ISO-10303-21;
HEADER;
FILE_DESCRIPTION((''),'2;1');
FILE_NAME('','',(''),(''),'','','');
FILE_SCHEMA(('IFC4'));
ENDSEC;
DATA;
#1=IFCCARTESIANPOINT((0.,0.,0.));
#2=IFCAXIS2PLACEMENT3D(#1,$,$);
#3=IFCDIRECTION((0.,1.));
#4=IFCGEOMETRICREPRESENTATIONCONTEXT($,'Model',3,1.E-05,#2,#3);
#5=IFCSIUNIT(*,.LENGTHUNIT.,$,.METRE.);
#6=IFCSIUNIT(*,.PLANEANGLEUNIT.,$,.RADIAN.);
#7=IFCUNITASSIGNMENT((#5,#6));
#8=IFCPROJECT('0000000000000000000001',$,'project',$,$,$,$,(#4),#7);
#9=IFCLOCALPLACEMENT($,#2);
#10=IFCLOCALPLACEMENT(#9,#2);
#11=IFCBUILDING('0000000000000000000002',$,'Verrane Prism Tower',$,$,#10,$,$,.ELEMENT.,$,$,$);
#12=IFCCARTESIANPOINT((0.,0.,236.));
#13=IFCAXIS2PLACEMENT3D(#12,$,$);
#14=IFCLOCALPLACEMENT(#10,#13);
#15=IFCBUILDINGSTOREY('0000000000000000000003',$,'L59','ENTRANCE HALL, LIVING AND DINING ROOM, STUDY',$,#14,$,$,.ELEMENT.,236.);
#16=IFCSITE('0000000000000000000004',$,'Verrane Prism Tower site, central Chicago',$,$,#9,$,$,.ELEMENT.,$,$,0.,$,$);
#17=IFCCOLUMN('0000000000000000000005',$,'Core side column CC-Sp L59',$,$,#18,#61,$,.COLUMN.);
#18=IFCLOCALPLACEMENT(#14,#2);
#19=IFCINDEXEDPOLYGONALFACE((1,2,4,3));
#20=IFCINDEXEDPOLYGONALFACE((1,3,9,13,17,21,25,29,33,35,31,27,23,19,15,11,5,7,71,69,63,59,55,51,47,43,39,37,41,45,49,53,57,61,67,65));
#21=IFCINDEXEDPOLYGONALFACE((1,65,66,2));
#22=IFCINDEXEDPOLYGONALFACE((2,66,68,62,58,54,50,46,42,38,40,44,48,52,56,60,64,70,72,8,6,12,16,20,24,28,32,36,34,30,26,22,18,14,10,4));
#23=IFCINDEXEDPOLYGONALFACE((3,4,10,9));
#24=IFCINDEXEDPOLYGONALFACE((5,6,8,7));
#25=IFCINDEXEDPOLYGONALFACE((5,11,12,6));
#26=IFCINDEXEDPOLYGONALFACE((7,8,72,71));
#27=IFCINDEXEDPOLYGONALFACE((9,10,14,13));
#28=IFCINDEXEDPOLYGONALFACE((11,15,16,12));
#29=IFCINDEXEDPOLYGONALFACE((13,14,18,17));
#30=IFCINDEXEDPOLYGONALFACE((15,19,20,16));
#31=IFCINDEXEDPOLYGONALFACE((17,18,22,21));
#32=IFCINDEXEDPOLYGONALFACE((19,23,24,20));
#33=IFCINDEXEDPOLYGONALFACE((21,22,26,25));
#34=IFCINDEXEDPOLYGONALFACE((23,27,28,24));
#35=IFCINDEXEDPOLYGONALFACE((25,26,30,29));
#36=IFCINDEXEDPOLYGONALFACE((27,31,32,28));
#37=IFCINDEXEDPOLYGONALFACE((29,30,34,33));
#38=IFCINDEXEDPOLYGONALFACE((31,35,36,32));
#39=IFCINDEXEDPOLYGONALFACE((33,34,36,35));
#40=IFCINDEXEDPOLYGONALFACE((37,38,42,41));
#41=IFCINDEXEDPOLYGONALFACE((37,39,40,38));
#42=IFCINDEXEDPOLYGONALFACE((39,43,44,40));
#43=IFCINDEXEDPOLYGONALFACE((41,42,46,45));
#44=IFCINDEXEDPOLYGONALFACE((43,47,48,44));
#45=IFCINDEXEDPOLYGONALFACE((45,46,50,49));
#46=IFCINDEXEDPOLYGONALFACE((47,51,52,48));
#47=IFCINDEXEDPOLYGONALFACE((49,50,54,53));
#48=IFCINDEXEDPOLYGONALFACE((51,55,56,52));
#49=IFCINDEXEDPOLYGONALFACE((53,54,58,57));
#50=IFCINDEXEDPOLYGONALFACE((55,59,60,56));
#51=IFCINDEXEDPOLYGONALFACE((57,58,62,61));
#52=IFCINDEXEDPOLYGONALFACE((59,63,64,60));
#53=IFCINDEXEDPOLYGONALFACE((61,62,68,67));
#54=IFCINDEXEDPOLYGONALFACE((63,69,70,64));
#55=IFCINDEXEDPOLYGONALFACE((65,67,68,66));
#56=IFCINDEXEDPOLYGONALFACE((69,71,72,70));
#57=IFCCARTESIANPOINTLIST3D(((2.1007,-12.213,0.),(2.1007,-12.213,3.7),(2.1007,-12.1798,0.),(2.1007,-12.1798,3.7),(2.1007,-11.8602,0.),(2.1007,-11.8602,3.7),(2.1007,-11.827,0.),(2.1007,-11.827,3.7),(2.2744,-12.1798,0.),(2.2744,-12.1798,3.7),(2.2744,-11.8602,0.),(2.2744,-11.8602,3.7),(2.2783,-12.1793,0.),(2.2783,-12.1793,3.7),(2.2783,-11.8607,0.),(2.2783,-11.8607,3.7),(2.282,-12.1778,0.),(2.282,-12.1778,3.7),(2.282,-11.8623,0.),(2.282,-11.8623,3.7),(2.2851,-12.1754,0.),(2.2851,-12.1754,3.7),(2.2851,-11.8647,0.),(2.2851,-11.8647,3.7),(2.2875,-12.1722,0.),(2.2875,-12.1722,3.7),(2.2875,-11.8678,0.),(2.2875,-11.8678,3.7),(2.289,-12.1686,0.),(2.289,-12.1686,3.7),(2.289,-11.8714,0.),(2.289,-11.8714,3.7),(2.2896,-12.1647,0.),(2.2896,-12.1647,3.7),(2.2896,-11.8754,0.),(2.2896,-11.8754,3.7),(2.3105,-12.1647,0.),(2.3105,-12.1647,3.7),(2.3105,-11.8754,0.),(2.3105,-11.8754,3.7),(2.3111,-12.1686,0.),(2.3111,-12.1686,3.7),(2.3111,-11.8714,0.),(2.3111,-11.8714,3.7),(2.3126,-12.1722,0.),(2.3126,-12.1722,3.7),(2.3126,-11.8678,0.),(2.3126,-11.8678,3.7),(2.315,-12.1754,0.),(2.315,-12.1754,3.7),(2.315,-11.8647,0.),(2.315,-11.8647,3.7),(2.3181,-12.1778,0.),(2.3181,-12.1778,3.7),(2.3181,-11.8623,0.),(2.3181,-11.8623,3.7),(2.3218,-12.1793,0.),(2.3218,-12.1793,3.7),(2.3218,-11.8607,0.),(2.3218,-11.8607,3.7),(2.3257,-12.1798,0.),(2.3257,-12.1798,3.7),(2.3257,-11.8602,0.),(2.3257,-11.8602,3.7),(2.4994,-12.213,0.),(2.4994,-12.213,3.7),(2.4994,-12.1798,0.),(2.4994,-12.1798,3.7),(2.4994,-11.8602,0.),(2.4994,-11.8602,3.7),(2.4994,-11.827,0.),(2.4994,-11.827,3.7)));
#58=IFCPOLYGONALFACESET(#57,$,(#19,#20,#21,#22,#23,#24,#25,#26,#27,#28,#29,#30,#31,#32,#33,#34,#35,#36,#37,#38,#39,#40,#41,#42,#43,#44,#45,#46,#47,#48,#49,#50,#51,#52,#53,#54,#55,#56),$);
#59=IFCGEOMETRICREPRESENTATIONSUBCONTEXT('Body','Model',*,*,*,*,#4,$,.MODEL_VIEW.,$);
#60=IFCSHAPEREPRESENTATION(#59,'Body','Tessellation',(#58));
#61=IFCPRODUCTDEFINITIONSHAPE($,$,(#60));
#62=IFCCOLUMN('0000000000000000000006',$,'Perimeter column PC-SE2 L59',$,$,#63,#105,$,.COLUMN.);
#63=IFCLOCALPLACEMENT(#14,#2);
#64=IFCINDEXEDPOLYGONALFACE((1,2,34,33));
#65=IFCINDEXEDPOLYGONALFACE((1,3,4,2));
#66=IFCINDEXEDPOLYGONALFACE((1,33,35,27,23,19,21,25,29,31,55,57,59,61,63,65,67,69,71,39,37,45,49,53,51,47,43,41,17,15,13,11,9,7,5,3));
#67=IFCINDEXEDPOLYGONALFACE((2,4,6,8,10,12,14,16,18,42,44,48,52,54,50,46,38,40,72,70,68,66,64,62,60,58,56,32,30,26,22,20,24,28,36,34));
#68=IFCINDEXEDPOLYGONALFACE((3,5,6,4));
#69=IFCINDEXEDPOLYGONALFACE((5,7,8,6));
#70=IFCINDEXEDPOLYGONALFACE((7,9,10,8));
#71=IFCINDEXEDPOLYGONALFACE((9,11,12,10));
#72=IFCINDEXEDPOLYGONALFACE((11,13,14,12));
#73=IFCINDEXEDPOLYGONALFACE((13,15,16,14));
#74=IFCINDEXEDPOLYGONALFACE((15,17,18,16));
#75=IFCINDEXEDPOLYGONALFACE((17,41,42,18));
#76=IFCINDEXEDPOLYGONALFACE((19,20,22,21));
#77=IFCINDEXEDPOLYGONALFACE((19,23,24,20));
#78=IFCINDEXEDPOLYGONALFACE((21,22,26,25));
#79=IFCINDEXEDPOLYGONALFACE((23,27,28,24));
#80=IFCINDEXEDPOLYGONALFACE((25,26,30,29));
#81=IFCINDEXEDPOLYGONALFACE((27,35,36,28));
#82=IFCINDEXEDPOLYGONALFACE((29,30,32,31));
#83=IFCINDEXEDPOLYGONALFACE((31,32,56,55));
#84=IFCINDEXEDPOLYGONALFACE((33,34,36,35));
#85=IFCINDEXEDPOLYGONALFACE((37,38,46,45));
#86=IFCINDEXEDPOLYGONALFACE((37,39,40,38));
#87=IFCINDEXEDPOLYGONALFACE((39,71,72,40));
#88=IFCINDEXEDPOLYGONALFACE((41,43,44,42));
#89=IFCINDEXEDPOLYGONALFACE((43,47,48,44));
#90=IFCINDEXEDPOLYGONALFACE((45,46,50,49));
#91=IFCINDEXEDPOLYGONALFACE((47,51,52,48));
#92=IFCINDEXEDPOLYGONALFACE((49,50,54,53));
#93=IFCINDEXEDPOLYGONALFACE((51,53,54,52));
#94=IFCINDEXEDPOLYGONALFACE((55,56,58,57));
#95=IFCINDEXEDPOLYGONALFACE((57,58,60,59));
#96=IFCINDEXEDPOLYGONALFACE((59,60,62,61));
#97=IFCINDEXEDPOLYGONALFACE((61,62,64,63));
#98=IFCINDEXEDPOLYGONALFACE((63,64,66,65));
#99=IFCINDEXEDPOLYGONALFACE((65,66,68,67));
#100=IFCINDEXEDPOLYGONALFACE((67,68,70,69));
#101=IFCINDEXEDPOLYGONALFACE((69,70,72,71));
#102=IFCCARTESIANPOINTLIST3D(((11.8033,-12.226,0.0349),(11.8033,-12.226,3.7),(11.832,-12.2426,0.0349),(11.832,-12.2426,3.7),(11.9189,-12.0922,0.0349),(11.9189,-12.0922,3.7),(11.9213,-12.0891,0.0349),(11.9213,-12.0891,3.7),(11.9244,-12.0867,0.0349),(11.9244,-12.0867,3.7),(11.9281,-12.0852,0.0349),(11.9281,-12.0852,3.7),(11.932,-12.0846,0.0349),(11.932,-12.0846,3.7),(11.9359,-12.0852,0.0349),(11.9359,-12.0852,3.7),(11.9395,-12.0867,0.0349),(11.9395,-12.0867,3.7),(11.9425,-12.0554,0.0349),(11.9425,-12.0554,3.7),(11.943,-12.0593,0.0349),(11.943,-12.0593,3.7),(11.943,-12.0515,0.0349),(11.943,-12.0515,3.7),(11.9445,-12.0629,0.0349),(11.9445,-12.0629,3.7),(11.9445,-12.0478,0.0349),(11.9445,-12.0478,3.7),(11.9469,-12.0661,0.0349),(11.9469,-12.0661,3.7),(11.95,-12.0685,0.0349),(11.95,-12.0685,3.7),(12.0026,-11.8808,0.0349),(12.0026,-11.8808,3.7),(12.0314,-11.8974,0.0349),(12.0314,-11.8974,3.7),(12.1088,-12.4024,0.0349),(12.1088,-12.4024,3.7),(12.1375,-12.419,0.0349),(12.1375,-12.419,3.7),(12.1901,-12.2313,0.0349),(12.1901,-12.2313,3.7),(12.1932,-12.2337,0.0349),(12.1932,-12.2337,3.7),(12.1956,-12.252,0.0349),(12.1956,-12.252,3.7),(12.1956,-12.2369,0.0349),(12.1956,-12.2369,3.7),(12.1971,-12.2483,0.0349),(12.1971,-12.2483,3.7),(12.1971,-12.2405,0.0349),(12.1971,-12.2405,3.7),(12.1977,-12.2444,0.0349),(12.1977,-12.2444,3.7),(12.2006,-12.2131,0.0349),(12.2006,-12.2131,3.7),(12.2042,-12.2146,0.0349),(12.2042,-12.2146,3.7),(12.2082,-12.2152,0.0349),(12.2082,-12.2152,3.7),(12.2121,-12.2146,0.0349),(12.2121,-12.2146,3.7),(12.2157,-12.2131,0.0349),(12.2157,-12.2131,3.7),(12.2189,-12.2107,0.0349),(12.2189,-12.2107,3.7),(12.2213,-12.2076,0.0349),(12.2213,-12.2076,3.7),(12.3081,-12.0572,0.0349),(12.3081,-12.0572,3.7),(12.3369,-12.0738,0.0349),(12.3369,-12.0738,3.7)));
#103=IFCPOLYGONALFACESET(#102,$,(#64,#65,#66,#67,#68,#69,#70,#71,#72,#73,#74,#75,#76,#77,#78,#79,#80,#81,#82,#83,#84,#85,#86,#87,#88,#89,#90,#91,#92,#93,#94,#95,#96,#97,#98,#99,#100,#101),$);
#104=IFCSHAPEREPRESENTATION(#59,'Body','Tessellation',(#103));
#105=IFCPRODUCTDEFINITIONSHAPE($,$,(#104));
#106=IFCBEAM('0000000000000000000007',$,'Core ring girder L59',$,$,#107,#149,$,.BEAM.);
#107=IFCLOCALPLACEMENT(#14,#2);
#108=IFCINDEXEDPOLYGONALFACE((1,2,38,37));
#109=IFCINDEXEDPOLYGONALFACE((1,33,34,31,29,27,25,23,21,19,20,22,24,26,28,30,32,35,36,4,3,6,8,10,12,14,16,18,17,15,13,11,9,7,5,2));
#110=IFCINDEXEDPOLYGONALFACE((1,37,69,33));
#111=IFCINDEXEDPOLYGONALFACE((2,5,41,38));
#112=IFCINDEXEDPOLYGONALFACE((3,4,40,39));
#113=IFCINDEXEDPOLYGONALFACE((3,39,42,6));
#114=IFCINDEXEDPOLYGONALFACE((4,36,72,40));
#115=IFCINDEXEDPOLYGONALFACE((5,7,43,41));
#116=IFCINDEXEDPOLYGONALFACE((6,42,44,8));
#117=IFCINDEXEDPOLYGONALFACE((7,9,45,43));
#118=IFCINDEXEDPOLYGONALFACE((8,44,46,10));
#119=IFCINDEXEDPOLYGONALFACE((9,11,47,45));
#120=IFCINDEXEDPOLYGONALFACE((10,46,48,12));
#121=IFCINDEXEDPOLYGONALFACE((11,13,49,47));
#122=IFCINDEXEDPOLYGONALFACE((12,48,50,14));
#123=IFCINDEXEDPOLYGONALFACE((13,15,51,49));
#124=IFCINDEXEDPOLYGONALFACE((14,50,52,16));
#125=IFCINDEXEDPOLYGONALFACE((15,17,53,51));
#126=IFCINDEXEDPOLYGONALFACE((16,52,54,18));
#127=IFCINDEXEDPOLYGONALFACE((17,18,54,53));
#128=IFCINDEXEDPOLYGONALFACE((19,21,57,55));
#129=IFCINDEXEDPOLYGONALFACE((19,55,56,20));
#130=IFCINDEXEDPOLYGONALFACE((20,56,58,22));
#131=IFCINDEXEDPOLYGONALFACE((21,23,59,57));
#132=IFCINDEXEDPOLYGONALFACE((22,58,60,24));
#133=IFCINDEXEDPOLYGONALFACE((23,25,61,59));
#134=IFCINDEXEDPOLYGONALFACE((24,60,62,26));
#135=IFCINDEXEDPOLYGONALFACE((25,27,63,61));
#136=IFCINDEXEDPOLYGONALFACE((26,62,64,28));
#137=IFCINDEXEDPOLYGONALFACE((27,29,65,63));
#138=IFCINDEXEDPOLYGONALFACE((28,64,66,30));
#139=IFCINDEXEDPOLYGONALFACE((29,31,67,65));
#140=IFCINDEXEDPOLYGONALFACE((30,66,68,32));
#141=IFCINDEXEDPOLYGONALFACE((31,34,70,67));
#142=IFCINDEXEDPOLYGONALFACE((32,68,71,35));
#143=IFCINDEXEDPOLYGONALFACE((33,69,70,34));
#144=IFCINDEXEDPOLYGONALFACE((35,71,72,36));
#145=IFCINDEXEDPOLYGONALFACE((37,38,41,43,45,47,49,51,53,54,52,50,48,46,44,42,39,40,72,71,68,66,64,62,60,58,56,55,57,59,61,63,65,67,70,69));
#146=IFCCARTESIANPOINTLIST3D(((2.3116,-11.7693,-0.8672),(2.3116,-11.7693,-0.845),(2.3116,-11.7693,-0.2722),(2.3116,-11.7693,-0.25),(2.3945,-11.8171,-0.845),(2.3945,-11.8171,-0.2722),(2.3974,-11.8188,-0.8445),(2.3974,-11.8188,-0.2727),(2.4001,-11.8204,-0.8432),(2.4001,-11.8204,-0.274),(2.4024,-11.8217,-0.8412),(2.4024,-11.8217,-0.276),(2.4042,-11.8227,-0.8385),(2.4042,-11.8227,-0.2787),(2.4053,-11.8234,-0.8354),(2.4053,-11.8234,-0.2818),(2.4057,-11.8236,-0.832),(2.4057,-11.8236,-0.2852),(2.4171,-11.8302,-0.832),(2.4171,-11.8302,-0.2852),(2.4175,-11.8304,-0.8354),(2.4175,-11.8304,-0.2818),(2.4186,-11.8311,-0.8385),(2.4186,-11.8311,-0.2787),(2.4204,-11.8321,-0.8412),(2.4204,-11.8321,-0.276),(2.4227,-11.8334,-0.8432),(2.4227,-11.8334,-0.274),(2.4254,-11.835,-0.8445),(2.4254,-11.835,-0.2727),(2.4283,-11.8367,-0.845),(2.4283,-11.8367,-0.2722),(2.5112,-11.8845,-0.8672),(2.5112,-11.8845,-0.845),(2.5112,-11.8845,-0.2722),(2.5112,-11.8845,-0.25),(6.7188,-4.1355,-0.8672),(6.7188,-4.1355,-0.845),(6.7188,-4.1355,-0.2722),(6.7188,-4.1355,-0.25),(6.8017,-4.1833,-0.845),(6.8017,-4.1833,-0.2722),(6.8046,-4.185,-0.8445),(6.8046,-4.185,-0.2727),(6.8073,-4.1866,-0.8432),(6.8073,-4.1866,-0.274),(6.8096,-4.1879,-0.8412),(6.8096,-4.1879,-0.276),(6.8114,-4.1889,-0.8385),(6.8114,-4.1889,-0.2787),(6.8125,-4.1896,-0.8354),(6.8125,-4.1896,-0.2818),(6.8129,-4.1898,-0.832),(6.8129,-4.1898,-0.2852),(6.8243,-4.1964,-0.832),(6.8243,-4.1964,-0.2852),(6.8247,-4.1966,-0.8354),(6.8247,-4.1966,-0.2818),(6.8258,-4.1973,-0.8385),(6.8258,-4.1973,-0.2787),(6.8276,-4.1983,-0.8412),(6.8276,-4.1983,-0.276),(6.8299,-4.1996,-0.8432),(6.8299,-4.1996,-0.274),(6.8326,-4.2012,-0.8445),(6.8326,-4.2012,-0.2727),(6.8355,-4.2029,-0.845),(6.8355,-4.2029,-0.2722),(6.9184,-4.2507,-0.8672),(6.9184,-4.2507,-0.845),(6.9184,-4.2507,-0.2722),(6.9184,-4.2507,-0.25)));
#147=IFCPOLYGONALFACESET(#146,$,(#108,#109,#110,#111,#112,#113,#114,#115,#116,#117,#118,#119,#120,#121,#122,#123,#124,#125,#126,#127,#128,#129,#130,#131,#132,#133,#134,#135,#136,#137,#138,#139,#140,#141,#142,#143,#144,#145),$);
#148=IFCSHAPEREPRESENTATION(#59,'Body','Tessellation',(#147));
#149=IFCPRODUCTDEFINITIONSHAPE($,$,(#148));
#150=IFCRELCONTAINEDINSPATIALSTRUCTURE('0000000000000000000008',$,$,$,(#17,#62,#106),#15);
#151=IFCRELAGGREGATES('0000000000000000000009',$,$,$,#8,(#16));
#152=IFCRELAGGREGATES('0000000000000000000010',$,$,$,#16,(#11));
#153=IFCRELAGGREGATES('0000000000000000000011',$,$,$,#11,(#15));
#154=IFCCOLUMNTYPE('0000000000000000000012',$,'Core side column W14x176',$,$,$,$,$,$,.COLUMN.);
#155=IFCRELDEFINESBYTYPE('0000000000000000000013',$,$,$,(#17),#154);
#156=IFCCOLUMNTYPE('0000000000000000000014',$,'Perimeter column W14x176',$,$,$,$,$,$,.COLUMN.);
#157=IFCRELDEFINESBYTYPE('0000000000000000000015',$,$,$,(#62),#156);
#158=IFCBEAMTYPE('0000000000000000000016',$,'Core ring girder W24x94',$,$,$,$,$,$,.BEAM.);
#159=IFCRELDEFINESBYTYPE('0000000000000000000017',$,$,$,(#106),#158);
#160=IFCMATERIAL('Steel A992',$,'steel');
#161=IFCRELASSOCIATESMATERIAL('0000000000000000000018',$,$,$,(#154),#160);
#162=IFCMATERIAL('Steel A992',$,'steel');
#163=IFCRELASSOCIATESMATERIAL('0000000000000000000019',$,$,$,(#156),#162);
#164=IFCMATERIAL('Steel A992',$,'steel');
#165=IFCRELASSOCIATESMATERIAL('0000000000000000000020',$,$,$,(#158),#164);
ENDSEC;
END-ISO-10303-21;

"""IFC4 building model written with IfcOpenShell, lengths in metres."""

from ifc_helpers import new_model, si_unit, direction, frame, origin, origin_2d, place, context, subcontext, project, spatial, i_section, extrude, material, material_profile, profile_set, type_object, element, save


model = new_model("IFC4")

# Units and contexts
model_context = context("Model", 3, precision=1e-05, world=origin(), true_north=direction((0.0, 1.0)))
body_context = subcontext(model_context, "Body", "Model", "MODEL_VIEW")
ifc_project = project(units=[si_unit("LENGTHUNIT", "METRE"), si_unit("PLANEANGLEUNIT", "RADIAN")], contexts=[model_context])

# Site, building, storey
site_placement = place(None, origin())
site = spatial("IfcSite", under=ifc_project, at=site_placement, Name="Verrane Prism Tower site, central Chicago", CompositionType="ELEMENT", RefElevation=0.0)
building_placement = place(site_placement, origin())
building = spatial("IfcBuilding", under=site, at=building_placement, Name="Verrane Prism Tower", CompositionType="ELEMENT")
storey_placement = place(building_placement, frame((0.0, 0.0, 236.0)))
storey = spatial("IfcBuildingStorey", under=building, at=storey_placement, Name="L59", Description="ENTRANCE HALL, LIVING AND DINING ROOM, STUDY", CompositionType="ELEMENT", Elevation=236.0)

# Columns
ifc_material_1 = material(Name="Steel A992", Category="steel")
ifc_material_profile_1 = material_profile(ifc_material_1, i_section(OverallWidth=0.3987, OverallDepth=0.386, WebThickness=0.021, FlangeThickness=0.0332, FilletRadius=0.0151, at=origin_2d()), Name="W14x176")
ifc_profile_set_1 = profile_set([ifc_material_profile_1], Name="Steel A992")
column_type_1 = type_object("IfcColumnType", Name="Core side column W14x176", PredefinedType="COLUMN", material=ifc_profile_set_1)
column_1_placement = place(storey_placement, frame((2.3, -12.02, 0.0), z_axis=(0.0, 0.0, 1.0), x_axis=(1.0, 0.0, 0.0)))
element("IfcColumn", 1, at=column_1_placement, inside=storey, type_object=column_type_1, Name="Core side column CC-Sp L59", PredefinedType="COLUMN", context=body_context, shape_type="SweptSolid", body=[
    extrude(i_section(OverallWidth=0.3987, OverallDepth=0.386, WebThickness=0.021, FlangeThickness=0.0332, FilletRadius=0.0151, at=origin_2d()), origin(), (0.0, 0.0, 1.0), 3.7),
])
ifc_material_2 = material(Name="Steel A992", Category="steel")
ifc_material_profile_2 = material_profile(ifc_material_2, i_section(OverallWidth=0.3987, OverallDepth=0.386, WebThickness=0.021, FlangeThickness=0.0332, FilletRadius=0.0151, at=origin_2d()), Name="W14x176")
ifc_profile_set_2 = profile_set([ifc_material_profile_2], Name="Steel A992")
column_type_2 = type_object("IfcColumnType", Name="Perimeter column W14x176", PredefinedType="COLUMN", material=ifc_profile_set_2)
column_2_placement = place(storey_placement, frame((12.0701, -12.1499, 0.0349), z_axis=(0.0, 0.0, 1.0), x_axis=(-0.5, -0.866025, 0.0)))
element("IfcColumn", 2, at=column_2_placement, inside=storey, type_object=column_type_2, Name="Perimeter column PC-SE2 L59", PredefinedType="COLUMN", context=body_context, shape_type="SweptSolid", body=[
    extrude(i_section(OverallWidth=0.3987, OverallDepth=0.386, WebThickness=0.021, FlangeThickness=0.0332, FilletRadius=0.0151, at=origin_2d()), origin(), (0.0, 0.0, 1.0), 3.665),
])

# Beam
ifc_material_3 = material(Name="Steel A992", Category="steel")
ifc_material_profile_3 = material_profile(ifc_material_3, i_section(OverallWidth=0.2305, OverallDepth=0.6172, WebThickness=0.0132, FlangeThickness=0.0222, FilletRadius=0.0129, at=origin_2d()), Name="W24x94")
ifc_profile_set_3 = profile_set([ifc_material_profile_3], Name="Steel A992")
beam_type_1 = type_object("IfcBeamType", Name="Core ring girder W24x94", PredefinedType="BEAM", material=ifc_profile_set_3)
beam_1_placement = place(storey_placement, frame((2.4114, -11.8269, -0.5586), z_axis=(0.499988, 0.866032, 0.0), x_axis=(-0.866032, 0.499988, 0.0)))
element("IfcBeam", 3, at=beam_1_placement, inside=storey, type_object=beam_type_1, Name="Core ring girder L59", PredefinedType="BEAM", context=body_context, shape_type="SweptSolid", body=[
    extrude(i_section(OverallWidth=0.2305, OverallDepth=0.6172, WebThickness=0.0132, FlangeThickness=0.0222, FilletRadius=0.0129, at=origin_2d()), origin(), (0.0, 0.0, 1.0), 8.8147),
])

save(model, "model.ifc")
